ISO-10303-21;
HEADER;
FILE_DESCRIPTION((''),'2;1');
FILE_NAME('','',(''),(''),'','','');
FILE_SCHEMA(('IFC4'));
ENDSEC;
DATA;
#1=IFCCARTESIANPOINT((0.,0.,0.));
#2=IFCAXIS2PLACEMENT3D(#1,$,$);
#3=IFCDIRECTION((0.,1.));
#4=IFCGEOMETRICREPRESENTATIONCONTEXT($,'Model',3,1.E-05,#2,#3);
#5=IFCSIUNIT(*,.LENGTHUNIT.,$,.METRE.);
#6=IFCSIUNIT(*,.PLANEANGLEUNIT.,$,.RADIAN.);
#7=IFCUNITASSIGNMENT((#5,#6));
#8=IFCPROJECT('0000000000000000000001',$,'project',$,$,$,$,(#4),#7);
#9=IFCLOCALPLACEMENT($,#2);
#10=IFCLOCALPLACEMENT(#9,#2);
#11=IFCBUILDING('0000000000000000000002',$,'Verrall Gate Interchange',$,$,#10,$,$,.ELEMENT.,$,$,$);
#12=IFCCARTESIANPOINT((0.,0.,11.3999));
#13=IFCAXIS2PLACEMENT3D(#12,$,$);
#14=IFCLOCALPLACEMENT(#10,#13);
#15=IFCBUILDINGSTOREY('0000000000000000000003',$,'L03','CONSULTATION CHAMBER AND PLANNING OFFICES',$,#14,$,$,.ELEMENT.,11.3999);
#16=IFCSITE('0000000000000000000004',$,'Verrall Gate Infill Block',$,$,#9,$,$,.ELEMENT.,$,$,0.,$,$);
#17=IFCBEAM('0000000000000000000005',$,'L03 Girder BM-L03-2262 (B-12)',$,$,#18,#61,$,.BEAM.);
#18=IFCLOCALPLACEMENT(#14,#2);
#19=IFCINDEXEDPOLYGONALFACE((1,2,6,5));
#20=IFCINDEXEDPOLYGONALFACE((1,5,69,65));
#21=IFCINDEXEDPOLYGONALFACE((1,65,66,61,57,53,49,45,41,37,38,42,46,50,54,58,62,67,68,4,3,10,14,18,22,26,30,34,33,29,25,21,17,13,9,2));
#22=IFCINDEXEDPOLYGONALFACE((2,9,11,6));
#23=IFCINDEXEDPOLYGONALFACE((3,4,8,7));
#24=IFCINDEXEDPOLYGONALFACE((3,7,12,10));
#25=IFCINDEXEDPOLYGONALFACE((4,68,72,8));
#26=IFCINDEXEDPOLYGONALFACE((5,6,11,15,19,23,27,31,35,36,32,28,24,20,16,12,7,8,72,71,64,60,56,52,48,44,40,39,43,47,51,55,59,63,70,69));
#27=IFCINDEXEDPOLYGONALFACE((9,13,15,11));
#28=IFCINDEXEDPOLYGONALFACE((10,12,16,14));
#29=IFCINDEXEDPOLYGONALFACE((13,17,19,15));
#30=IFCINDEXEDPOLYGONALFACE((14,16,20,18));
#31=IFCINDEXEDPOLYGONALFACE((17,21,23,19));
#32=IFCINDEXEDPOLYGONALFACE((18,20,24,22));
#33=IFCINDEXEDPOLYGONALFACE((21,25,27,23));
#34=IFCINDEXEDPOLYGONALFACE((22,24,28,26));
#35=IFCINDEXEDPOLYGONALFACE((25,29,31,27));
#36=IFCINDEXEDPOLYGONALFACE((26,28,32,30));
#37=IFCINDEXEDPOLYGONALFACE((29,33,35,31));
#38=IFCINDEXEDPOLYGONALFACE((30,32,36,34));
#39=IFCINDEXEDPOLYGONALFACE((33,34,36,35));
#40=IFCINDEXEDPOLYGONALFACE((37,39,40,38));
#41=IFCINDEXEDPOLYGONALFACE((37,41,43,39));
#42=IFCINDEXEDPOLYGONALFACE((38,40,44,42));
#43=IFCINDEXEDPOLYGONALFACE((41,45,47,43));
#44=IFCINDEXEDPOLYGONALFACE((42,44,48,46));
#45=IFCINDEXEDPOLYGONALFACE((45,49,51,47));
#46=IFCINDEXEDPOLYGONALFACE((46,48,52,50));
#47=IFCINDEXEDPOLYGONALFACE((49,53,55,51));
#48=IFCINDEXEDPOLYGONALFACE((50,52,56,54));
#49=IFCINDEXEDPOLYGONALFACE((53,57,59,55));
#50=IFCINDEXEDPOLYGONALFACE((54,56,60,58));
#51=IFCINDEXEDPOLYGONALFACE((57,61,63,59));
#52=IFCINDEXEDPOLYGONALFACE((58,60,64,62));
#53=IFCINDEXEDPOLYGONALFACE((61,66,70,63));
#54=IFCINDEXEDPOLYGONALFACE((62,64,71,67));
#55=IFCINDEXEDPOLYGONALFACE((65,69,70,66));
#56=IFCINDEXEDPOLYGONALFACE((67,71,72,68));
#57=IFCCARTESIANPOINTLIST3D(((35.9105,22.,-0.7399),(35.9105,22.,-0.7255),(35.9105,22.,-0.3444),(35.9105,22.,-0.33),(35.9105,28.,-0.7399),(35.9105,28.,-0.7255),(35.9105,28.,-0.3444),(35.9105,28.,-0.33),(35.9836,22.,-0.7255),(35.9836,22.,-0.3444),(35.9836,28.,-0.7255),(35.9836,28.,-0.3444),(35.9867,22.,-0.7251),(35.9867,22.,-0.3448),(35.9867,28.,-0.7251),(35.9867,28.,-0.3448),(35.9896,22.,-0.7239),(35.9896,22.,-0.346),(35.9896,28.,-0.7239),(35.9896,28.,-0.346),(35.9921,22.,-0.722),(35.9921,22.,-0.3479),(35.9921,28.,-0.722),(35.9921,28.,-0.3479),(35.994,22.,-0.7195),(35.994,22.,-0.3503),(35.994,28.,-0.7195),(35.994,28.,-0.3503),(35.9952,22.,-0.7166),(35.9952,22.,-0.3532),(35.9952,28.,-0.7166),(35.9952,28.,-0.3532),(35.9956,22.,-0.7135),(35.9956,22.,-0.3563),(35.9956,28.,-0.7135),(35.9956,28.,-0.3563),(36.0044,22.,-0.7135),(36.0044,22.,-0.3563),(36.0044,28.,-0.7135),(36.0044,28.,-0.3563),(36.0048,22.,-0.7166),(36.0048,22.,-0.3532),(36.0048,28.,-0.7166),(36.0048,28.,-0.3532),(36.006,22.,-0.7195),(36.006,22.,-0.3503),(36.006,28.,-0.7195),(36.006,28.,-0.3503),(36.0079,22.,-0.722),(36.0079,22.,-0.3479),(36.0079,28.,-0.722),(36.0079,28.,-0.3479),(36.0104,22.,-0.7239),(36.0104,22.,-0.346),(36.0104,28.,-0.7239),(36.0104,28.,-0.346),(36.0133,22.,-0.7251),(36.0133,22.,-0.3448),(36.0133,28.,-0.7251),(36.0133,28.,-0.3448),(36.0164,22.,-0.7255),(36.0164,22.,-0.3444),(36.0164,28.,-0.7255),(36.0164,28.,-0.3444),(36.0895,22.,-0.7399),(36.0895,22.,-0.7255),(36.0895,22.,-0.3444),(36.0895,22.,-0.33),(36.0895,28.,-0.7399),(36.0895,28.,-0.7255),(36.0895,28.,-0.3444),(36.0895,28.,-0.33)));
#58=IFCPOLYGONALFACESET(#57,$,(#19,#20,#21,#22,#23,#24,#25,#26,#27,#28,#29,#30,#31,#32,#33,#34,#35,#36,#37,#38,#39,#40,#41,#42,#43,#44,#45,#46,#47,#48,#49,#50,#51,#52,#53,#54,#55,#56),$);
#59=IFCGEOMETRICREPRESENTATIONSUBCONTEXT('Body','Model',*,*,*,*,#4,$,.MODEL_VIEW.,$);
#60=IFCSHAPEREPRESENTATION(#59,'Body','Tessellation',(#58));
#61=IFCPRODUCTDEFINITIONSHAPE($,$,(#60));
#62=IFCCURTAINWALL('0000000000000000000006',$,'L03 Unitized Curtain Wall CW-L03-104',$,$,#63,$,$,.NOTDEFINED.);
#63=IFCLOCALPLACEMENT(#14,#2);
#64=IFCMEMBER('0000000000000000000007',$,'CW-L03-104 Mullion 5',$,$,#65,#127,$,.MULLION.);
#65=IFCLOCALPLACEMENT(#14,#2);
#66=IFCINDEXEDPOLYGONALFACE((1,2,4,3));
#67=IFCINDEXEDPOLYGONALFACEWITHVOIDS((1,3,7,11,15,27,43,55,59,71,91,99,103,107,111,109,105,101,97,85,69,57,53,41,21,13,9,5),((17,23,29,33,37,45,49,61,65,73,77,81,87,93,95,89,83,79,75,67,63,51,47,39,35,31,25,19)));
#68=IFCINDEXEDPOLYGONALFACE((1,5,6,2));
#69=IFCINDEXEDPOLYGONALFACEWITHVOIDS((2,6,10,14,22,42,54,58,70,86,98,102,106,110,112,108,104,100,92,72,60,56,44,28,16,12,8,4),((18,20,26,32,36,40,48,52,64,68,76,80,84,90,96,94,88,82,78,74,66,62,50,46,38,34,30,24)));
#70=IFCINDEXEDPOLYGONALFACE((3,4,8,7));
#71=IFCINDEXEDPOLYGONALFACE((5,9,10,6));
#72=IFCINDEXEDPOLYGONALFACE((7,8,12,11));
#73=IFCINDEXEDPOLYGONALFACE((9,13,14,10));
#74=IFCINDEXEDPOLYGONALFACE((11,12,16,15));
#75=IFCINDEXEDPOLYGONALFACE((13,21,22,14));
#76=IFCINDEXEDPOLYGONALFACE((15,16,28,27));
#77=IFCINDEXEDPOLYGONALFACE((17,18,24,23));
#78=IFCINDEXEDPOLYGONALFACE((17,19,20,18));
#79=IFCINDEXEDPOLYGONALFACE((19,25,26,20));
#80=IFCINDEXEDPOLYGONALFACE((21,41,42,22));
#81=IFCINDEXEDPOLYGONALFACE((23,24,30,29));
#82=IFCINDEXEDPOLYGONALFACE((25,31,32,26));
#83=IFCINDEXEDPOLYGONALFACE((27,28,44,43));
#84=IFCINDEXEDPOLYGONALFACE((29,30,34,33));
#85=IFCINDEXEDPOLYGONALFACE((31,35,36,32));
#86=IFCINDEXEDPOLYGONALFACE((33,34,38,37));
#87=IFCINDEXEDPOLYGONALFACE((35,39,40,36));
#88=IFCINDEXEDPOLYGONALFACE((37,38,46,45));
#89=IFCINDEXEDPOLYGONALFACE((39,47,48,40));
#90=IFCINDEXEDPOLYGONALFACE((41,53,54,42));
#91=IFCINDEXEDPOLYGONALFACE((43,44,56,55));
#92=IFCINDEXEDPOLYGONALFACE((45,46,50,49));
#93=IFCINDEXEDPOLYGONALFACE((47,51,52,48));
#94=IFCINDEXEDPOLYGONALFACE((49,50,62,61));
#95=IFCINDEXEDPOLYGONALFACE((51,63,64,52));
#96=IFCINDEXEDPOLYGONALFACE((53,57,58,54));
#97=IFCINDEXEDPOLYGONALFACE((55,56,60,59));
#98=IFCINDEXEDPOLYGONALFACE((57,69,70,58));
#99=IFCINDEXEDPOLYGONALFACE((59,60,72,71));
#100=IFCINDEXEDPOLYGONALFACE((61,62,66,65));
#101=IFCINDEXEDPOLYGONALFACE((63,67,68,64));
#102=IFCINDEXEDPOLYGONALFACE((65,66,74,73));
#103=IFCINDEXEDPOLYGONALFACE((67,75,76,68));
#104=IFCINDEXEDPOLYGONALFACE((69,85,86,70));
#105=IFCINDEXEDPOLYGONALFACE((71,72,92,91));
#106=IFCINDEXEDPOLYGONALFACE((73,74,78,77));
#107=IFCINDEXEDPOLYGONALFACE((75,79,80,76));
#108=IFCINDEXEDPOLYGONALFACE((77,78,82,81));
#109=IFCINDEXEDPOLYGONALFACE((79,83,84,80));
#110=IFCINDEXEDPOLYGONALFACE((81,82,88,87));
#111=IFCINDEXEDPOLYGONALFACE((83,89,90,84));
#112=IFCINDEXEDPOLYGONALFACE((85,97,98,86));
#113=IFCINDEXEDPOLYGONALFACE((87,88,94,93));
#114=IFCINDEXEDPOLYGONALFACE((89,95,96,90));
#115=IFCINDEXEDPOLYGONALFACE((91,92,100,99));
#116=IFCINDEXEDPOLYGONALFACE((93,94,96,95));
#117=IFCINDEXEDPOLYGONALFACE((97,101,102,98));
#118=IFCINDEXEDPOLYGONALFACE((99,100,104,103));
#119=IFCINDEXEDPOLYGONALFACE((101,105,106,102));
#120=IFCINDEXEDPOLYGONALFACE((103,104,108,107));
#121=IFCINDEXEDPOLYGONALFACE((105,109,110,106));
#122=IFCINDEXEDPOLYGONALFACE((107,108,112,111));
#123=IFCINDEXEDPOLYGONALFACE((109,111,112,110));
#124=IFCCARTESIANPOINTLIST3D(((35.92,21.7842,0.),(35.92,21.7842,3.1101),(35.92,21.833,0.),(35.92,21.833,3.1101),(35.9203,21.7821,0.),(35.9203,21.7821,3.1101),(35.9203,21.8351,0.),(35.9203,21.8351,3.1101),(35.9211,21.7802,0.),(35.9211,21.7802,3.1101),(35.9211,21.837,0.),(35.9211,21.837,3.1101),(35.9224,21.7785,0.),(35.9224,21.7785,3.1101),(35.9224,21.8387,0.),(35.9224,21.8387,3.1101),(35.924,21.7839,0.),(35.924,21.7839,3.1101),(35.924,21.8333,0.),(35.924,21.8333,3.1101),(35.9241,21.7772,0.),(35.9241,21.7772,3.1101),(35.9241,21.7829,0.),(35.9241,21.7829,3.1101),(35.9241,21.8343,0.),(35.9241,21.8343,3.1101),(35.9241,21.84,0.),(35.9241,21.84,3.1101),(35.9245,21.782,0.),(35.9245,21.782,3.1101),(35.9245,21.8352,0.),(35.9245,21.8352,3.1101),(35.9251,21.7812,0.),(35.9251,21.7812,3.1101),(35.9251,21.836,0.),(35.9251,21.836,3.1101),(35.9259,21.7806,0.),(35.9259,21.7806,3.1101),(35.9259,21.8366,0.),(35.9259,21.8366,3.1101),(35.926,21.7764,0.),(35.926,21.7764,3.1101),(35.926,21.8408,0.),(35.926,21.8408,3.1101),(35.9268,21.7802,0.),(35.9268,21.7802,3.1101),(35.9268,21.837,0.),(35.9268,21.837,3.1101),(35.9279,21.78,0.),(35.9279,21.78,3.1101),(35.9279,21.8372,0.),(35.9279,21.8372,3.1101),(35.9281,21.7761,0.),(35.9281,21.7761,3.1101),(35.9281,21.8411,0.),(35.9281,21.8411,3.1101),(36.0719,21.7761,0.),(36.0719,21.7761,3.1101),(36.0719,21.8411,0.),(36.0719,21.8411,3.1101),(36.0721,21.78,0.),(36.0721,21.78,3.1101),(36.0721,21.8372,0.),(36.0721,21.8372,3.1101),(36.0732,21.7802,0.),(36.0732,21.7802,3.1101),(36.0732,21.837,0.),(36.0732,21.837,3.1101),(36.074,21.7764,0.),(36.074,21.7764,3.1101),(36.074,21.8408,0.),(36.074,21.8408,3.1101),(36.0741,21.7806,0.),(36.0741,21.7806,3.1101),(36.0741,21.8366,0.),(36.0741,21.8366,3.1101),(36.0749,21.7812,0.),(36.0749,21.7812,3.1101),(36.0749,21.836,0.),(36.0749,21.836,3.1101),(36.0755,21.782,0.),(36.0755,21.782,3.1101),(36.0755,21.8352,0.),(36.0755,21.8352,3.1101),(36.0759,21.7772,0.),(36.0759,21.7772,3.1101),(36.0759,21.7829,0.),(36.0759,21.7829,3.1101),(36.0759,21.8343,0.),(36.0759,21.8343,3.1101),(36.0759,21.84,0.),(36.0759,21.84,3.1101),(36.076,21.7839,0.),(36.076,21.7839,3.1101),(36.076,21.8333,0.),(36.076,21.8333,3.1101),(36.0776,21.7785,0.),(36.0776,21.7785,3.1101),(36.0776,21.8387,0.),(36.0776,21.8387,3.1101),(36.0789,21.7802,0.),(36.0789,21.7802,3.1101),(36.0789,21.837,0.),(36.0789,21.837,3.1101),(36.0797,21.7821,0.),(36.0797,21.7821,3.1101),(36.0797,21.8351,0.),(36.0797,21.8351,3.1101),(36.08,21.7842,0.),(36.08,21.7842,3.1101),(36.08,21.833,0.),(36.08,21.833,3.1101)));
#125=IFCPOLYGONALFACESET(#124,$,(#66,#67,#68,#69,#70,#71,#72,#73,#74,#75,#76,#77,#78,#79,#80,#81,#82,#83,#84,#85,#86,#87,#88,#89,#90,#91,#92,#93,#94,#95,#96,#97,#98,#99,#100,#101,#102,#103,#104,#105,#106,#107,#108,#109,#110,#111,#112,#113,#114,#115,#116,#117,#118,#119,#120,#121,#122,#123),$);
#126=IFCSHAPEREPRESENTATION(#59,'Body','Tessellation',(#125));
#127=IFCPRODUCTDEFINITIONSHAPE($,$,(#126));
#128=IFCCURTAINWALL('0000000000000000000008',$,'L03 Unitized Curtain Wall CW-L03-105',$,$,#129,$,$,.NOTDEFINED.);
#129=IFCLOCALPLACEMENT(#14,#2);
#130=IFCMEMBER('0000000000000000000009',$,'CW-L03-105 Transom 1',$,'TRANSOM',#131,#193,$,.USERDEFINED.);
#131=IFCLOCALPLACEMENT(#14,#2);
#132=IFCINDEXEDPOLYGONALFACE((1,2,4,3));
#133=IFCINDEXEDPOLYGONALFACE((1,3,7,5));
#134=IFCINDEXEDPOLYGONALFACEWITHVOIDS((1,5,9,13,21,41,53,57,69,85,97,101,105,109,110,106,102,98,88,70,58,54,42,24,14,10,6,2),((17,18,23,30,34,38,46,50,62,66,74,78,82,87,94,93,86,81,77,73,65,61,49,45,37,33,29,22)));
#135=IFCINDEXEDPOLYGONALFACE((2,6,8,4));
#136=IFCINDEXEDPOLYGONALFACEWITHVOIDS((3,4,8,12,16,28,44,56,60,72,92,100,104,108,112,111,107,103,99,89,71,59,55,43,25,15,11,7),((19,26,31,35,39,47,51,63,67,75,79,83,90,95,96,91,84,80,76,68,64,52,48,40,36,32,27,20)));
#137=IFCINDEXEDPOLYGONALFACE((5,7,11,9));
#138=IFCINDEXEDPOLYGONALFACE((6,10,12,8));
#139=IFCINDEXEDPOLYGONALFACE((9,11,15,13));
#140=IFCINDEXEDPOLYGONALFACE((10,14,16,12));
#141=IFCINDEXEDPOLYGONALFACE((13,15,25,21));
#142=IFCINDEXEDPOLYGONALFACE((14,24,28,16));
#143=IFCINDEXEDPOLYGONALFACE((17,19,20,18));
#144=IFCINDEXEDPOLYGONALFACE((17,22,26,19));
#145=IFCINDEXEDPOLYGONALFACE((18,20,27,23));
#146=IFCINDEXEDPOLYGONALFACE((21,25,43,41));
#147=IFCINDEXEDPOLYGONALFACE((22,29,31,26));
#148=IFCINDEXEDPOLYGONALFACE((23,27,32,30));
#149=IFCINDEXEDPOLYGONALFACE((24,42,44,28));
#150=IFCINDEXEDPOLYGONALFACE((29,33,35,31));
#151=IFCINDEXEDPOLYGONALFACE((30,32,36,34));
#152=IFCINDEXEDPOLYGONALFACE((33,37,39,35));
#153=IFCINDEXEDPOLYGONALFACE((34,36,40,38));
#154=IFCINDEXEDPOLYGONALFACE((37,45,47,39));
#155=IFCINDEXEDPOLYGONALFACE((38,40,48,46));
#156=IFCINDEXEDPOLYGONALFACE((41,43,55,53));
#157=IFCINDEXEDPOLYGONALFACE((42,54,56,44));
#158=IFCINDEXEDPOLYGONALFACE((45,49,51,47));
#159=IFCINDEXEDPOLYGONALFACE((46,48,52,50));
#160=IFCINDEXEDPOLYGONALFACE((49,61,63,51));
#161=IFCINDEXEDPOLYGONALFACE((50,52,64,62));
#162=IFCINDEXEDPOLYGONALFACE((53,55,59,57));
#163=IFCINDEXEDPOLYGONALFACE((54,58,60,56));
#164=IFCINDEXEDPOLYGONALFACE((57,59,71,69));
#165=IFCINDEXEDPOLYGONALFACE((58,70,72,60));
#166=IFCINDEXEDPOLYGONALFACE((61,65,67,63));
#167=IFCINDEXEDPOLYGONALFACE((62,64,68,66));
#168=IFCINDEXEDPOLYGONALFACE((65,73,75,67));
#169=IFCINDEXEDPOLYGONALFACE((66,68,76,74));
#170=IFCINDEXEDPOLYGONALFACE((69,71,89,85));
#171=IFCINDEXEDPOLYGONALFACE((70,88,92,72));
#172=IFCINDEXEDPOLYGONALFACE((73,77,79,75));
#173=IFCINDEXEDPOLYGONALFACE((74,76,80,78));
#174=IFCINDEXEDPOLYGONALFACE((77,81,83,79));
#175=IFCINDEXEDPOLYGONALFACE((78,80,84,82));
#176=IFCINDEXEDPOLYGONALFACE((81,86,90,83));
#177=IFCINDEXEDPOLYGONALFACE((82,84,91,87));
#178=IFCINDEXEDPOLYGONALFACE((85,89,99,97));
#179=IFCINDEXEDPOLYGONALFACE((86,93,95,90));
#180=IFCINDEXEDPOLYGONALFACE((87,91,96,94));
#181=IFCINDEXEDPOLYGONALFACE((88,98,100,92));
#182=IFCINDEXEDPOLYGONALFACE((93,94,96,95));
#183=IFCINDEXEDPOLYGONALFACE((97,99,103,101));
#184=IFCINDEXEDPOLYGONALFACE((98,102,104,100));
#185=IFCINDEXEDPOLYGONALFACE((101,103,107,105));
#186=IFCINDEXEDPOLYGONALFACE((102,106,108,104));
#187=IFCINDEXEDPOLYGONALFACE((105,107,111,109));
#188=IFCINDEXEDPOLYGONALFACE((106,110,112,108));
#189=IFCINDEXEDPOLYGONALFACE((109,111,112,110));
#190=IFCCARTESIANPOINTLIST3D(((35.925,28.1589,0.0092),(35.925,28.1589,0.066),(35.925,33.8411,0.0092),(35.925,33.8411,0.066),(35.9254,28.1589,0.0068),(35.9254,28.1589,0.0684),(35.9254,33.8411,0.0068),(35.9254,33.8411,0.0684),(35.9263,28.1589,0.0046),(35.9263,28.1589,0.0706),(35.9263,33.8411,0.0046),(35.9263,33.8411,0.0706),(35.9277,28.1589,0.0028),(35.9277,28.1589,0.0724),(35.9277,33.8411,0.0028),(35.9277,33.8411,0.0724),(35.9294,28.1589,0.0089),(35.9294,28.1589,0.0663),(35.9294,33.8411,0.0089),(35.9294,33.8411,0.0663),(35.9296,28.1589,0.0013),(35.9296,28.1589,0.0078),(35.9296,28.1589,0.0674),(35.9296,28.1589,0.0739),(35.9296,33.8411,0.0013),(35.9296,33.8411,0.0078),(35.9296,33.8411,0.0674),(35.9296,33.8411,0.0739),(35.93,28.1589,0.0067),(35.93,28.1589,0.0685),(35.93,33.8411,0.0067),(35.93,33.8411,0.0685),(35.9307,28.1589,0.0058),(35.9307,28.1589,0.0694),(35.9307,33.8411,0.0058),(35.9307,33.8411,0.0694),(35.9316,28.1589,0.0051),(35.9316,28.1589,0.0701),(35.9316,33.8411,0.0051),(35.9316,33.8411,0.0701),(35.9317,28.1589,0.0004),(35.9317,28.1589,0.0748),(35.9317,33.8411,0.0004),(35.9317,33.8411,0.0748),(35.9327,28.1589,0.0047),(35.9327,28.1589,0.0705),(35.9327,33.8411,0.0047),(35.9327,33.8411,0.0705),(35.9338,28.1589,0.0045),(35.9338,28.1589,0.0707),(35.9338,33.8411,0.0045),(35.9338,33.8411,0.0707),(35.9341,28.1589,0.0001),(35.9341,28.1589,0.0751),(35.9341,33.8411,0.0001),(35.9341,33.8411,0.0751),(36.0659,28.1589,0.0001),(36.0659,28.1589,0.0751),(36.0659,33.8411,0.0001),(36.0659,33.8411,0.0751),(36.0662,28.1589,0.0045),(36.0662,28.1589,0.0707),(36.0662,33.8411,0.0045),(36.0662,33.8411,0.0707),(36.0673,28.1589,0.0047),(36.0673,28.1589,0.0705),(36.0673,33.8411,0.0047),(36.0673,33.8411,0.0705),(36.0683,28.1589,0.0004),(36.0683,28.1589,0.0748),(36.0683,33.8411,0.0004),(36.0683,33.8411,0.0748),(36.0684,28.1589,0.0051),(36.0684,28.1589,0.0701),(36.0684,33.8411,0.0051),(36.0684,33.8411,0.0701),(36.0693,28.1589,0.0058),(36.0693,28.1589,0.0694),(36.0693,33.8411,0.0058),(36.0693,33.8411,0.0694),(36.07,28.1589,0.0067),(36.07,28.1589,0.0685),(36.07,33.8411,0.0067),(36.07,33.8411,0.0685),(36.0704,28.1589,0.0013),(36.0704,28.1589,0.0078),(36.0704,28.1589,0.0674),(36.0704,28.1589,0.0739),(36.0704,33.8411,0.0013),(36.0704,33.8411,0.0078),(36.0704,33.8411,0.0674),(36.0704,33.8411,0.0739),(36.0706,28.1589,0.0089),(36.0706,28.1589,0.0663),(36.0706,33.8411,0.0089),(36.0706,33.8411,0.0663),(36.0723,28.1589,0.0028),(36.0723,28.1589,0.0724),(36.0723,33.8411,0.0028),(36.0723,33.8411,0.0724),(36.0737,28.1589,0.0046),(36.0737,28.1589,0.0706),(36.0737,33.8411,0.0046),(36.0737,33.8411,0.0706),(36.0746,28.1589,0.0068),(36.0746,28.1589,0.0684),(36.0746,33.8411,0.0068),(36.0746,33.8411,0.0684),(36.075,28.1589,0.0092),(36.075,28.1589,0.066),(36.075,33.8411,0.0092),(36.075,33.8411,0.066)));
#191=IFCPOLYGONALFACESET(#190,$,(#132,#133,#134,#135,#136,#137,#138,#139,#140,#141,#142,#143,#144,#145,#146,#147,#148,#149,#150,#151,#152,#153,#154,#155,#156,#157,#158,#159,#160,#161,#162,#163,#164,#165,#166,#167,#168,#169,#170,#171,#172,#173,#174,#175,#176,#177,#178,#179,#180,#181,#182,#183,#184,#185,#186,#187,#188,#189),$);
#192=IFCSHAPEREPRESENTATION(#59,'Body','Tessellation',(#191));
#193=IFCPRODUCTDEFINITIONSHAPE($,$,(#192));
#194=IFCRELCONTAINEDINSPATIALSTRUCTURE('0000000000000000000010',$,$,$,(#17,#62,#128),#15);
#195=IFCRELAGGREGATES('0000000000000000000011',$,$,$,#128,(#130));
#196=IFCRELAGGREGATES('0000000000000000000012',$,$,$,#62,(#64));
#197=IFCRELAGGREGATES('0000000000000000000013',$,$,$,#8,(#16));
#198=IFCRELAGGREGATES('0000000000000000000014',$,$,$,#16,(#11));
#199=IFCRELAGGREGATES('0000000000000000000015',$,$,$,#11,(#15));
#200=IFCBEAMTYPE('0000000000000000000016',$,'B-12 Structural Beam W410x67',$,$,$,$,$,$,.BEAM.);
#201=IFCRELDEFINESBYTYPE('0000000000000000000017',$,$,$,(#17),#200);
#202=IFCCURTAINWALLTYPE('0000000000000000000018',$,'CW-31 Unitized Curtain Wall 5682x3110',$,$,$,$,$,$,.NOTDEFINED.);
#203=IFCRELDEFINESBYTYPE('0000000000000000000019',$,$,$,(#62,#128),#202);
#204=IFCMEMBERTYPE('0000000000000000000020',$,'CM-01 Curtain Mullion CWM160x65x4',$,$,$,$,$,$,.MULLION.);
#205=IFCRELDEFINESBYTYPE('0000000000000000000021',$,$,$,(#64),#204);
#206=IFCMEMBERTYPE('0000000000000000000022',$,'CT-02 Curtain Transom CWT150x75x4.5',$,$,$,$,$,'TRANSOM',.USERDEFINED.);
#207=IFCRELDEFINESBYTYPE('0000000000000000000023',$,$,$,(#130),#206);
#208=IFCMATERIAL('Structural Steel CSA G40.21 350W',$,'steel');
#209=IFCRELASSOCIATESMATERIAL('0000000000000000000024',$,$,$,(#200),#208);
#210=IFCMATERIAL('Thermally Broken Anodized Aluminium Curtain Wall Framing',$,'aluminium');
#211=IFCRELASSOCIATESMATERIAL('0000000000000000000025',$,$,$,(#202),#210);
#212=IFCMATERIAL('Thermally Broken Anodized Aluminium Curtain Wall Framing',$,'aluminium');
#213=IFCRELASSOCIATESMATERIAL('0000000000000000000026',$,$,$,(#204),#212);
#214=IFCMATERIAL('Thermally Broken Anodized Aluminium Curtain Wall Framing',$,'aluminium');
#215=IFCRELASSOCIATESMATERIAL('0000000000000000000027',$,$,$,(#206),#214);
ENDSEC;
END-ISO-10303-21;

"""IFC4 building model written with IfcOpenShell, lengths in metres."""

from ifc_helpers import new_model, si_unit, direction, frame, origin, origin_2d, place, context, subcontext, project, spatial, hollow_rectangle, i_section, extrude, material, material_profile, profile_set, type_object, element, aggregate, save


model = new_model("IFC4")

# Units and contexts
model_context = context("Model", 3, precision=1e-05, world=origin(), true_north=direction((0.0, 1.0)))
body_context = subcontext(model_context, "Body", "Model", "MODEL_VIEW")
ifc_project = project(units=[si_unit("LENGTHUNIT", "METRE"), si_unit("PLANEANGLEUNIT", "RADIAN")], contexts=[model_context])

# Site, building, storey
site_placement = place(None, origin())
site = spatial("IfcSite", under=ifc_project, at=site_placement, Name="Verrall Gate Infill Block", CompositionType="ELEMENT", RefElevation=0.0)
building_placement = place(site_placement, origin())
building = spatial("IfcBuilding", under=site, at=building_placement, Name="Verrall Gate Interchange", CompositionType="ELEMENT")
storey_placement = place(building_placement, frame((0.0, 0.0, 11.3999)))
storey = spatial("IfcBuildingStorey", under=building, at=storey_placement, Name="L03", Description="CONSULTATION CHAMBER AND PLANNING OFFICES", CompositionType="ELEMENT", Elevation=11.3999)

# Beam
ifc_material_1 = material(Name="Structural Steel CSA G40.21 350W", Category="steel")
ifc_material_profile_1 = material_profile(ifc_material_1, i_section(OverallWidth=0.179, OverallDepth=0.4099, WebThickness=0.0088, FlangeThickness=0.0144, FilletRadius=0.012, at=origin_2d()), Name="W410x67")
ifc_profile_set_1 = profile_set([ifc_material_profile_1], Name="Structural Steel CSA G40.21 350W")
beam_type_1 = type_object("IfcBeamType", Name="B-12 Structural Beam W410x67", PredefinedType="BEAM", material=ifc_profile_set_1)
for number, where, z_axis, x_axis, name in (
    (1, (36.0, 22.0, -0.5349), (0.0, 1.0, 0.0), (-1.0, 0.0, 0.0), "L03 Girder BM-L03-2262 (B-12)"),
):
    element("IfcBeam", number, at=place(storey_placement, frame(where, z_axis=z_axis, x_axis=x_axis)), inside=storey, type_object=beam_type_1, Name=name, PredefinedType="BEAM", context=body_context, shape_type="SweptSolid", body=[
        extrude(i_section(OverallWidth=0.179, OverallDepth=0.4099, WebThickness=0.0088, FlangeThickness=0.0144, FilletRadius=0.012, at=origin_2d()), origin(), (0.0, 0.0, 1.0), 6.0),
    ])

# Curtain wall, member
ifc_material_2 = material(Name="Thermally Broken Anodized Aluminium Curtain Wall Framing", Category="aluminium")
curtain_wall_type = type_object("IfcCurtainWallType", Name="CW-31 Unitized Curtain Wall 5682x3110", PredefinedType="NOTDEFINED", material=ifc_material_2)
curtain_wall_1_placement = place(storey_placement, origin())
curtain_wall_1 = element("IfcCurtainWall", 2, at=curtain_wall_1_placement, inside=storey, type_object=curtain_wall_type, Name="L03 Unitized Curtain Wall CW-L03-104", PredefinedType="NOTDEFINED")
ifc_material_3 = material(Name="Thermally Broken Anodized Aluminium Curtain Wall Framing", Category="aluminium")
ifc_material_profile_2 = material_profile(ifc_material_3, hollow_rectangle(XDim=0.0649, YDim=0.1599, WallThickness=0.0039, InnerFilletRadius=0.0039, OuterFilletRadius=0.0081, at=origin_2d()), Name="CWM160x65x4")
ifc_profile_set_2 = profile_set([ifc_material_profile_2], Name="Thermally Broken Anodized Aluminium Curtain Wall Framing")
member_type_1 = type_object("IfcMemberType", Name="CM-01 Curtain Mullion CWM160x65x4", PredefinedType="MULLION", material=ifc_profile_set_2)
member_1_placement = place(storey_placement, frame((36.0, 21.8086, 0.0), z_axis=(0.0, 0.0, 1.0), x_axis=(0.0, 1.0, 0.0)))
member_1 = element("IfcMember", 3, at=member_1_placement, type_object=member_type_1, Name="CW-L03-104 Mullion 5", PredefinedType="MULLION", context=body_context, shape_type="SweptSolid", body=[
    extrude(hollow_rectangle(XDim=0.0649, YDim=0.1599, WallThickness=0.0039, InnerFilletRadius=0.0039, OuterFilletRadius=0.0081, at=origin_2d()), origin(), (0.0, 0.0, 1.0), 3.1101),
])

# Curtain wall, member
curtain_wall_2_placement = place(storey_placement, origin())
curtain_wall_2 = element("IfcCurtainWall", 4, at=curtain_wall_2_placement, inside=storey, type_object=curtain_wall_type, Name="L03 Unitized Curtain Wall CW-L03-105", PredefinedType="NOTDEFINED")
ifc_material_4 = material(Name="Thermally Broken Anodized Aluminium Curtain Wall Framing", Category="aluminium")
ifc_material_profile_3 = material_profile(ifc_material_4, hollow_rectangle(XDim=0.1499, YDim=0.075, WallThickness=0.0044, InnerFilletRadius=0.0044, OuterFilletRadius=0.009, at=origin_2d()), Name="CWT150x75x4.5")
ifc_profile_set_3 = profile_set([ifc_material_profile_3], Name="Thermally Broken Anodized Aluminium Curtain Wall Framing")
member_type_2 = type_object("IfcMemberType", Name="CT-02 Curtain Transom CWT150x75x4.5", ElementType="TRANSOM", PredefinedType="USERDEFINED", material=ifc_profile_set_3)
member_2_placement = place(storey_placement, frame((36.0, 28.1589, 0.0376), z_axis=(0.0, 1.0, 0.0), x_axis=(-1.0, 0.0, 0.0)))
member_2 = element("IfcMember", 5, at=member_2_placement, type_object=member_type_2, Name="CW-L03-105 Transom 1", ObjectType="TRANSOM", PredefinedType="USERDEFINED", context=body_context, shape_type="SweptSolid", body=[
    extrude(hollow_rectangle(XDim=0.1499, YDim=0.075, WallThickness=0.0044, InnerFilletRadius=0.0044, OuterFilletRadius=0.009, at=origin_2d()), origin(), (0.0, 0.0, 1.0), 5.6821),
])
aggregate(curtain_wall_2, [member_2])

aggregate(curtain_wall_1, [member_1])

save(model, "model.ifc")
